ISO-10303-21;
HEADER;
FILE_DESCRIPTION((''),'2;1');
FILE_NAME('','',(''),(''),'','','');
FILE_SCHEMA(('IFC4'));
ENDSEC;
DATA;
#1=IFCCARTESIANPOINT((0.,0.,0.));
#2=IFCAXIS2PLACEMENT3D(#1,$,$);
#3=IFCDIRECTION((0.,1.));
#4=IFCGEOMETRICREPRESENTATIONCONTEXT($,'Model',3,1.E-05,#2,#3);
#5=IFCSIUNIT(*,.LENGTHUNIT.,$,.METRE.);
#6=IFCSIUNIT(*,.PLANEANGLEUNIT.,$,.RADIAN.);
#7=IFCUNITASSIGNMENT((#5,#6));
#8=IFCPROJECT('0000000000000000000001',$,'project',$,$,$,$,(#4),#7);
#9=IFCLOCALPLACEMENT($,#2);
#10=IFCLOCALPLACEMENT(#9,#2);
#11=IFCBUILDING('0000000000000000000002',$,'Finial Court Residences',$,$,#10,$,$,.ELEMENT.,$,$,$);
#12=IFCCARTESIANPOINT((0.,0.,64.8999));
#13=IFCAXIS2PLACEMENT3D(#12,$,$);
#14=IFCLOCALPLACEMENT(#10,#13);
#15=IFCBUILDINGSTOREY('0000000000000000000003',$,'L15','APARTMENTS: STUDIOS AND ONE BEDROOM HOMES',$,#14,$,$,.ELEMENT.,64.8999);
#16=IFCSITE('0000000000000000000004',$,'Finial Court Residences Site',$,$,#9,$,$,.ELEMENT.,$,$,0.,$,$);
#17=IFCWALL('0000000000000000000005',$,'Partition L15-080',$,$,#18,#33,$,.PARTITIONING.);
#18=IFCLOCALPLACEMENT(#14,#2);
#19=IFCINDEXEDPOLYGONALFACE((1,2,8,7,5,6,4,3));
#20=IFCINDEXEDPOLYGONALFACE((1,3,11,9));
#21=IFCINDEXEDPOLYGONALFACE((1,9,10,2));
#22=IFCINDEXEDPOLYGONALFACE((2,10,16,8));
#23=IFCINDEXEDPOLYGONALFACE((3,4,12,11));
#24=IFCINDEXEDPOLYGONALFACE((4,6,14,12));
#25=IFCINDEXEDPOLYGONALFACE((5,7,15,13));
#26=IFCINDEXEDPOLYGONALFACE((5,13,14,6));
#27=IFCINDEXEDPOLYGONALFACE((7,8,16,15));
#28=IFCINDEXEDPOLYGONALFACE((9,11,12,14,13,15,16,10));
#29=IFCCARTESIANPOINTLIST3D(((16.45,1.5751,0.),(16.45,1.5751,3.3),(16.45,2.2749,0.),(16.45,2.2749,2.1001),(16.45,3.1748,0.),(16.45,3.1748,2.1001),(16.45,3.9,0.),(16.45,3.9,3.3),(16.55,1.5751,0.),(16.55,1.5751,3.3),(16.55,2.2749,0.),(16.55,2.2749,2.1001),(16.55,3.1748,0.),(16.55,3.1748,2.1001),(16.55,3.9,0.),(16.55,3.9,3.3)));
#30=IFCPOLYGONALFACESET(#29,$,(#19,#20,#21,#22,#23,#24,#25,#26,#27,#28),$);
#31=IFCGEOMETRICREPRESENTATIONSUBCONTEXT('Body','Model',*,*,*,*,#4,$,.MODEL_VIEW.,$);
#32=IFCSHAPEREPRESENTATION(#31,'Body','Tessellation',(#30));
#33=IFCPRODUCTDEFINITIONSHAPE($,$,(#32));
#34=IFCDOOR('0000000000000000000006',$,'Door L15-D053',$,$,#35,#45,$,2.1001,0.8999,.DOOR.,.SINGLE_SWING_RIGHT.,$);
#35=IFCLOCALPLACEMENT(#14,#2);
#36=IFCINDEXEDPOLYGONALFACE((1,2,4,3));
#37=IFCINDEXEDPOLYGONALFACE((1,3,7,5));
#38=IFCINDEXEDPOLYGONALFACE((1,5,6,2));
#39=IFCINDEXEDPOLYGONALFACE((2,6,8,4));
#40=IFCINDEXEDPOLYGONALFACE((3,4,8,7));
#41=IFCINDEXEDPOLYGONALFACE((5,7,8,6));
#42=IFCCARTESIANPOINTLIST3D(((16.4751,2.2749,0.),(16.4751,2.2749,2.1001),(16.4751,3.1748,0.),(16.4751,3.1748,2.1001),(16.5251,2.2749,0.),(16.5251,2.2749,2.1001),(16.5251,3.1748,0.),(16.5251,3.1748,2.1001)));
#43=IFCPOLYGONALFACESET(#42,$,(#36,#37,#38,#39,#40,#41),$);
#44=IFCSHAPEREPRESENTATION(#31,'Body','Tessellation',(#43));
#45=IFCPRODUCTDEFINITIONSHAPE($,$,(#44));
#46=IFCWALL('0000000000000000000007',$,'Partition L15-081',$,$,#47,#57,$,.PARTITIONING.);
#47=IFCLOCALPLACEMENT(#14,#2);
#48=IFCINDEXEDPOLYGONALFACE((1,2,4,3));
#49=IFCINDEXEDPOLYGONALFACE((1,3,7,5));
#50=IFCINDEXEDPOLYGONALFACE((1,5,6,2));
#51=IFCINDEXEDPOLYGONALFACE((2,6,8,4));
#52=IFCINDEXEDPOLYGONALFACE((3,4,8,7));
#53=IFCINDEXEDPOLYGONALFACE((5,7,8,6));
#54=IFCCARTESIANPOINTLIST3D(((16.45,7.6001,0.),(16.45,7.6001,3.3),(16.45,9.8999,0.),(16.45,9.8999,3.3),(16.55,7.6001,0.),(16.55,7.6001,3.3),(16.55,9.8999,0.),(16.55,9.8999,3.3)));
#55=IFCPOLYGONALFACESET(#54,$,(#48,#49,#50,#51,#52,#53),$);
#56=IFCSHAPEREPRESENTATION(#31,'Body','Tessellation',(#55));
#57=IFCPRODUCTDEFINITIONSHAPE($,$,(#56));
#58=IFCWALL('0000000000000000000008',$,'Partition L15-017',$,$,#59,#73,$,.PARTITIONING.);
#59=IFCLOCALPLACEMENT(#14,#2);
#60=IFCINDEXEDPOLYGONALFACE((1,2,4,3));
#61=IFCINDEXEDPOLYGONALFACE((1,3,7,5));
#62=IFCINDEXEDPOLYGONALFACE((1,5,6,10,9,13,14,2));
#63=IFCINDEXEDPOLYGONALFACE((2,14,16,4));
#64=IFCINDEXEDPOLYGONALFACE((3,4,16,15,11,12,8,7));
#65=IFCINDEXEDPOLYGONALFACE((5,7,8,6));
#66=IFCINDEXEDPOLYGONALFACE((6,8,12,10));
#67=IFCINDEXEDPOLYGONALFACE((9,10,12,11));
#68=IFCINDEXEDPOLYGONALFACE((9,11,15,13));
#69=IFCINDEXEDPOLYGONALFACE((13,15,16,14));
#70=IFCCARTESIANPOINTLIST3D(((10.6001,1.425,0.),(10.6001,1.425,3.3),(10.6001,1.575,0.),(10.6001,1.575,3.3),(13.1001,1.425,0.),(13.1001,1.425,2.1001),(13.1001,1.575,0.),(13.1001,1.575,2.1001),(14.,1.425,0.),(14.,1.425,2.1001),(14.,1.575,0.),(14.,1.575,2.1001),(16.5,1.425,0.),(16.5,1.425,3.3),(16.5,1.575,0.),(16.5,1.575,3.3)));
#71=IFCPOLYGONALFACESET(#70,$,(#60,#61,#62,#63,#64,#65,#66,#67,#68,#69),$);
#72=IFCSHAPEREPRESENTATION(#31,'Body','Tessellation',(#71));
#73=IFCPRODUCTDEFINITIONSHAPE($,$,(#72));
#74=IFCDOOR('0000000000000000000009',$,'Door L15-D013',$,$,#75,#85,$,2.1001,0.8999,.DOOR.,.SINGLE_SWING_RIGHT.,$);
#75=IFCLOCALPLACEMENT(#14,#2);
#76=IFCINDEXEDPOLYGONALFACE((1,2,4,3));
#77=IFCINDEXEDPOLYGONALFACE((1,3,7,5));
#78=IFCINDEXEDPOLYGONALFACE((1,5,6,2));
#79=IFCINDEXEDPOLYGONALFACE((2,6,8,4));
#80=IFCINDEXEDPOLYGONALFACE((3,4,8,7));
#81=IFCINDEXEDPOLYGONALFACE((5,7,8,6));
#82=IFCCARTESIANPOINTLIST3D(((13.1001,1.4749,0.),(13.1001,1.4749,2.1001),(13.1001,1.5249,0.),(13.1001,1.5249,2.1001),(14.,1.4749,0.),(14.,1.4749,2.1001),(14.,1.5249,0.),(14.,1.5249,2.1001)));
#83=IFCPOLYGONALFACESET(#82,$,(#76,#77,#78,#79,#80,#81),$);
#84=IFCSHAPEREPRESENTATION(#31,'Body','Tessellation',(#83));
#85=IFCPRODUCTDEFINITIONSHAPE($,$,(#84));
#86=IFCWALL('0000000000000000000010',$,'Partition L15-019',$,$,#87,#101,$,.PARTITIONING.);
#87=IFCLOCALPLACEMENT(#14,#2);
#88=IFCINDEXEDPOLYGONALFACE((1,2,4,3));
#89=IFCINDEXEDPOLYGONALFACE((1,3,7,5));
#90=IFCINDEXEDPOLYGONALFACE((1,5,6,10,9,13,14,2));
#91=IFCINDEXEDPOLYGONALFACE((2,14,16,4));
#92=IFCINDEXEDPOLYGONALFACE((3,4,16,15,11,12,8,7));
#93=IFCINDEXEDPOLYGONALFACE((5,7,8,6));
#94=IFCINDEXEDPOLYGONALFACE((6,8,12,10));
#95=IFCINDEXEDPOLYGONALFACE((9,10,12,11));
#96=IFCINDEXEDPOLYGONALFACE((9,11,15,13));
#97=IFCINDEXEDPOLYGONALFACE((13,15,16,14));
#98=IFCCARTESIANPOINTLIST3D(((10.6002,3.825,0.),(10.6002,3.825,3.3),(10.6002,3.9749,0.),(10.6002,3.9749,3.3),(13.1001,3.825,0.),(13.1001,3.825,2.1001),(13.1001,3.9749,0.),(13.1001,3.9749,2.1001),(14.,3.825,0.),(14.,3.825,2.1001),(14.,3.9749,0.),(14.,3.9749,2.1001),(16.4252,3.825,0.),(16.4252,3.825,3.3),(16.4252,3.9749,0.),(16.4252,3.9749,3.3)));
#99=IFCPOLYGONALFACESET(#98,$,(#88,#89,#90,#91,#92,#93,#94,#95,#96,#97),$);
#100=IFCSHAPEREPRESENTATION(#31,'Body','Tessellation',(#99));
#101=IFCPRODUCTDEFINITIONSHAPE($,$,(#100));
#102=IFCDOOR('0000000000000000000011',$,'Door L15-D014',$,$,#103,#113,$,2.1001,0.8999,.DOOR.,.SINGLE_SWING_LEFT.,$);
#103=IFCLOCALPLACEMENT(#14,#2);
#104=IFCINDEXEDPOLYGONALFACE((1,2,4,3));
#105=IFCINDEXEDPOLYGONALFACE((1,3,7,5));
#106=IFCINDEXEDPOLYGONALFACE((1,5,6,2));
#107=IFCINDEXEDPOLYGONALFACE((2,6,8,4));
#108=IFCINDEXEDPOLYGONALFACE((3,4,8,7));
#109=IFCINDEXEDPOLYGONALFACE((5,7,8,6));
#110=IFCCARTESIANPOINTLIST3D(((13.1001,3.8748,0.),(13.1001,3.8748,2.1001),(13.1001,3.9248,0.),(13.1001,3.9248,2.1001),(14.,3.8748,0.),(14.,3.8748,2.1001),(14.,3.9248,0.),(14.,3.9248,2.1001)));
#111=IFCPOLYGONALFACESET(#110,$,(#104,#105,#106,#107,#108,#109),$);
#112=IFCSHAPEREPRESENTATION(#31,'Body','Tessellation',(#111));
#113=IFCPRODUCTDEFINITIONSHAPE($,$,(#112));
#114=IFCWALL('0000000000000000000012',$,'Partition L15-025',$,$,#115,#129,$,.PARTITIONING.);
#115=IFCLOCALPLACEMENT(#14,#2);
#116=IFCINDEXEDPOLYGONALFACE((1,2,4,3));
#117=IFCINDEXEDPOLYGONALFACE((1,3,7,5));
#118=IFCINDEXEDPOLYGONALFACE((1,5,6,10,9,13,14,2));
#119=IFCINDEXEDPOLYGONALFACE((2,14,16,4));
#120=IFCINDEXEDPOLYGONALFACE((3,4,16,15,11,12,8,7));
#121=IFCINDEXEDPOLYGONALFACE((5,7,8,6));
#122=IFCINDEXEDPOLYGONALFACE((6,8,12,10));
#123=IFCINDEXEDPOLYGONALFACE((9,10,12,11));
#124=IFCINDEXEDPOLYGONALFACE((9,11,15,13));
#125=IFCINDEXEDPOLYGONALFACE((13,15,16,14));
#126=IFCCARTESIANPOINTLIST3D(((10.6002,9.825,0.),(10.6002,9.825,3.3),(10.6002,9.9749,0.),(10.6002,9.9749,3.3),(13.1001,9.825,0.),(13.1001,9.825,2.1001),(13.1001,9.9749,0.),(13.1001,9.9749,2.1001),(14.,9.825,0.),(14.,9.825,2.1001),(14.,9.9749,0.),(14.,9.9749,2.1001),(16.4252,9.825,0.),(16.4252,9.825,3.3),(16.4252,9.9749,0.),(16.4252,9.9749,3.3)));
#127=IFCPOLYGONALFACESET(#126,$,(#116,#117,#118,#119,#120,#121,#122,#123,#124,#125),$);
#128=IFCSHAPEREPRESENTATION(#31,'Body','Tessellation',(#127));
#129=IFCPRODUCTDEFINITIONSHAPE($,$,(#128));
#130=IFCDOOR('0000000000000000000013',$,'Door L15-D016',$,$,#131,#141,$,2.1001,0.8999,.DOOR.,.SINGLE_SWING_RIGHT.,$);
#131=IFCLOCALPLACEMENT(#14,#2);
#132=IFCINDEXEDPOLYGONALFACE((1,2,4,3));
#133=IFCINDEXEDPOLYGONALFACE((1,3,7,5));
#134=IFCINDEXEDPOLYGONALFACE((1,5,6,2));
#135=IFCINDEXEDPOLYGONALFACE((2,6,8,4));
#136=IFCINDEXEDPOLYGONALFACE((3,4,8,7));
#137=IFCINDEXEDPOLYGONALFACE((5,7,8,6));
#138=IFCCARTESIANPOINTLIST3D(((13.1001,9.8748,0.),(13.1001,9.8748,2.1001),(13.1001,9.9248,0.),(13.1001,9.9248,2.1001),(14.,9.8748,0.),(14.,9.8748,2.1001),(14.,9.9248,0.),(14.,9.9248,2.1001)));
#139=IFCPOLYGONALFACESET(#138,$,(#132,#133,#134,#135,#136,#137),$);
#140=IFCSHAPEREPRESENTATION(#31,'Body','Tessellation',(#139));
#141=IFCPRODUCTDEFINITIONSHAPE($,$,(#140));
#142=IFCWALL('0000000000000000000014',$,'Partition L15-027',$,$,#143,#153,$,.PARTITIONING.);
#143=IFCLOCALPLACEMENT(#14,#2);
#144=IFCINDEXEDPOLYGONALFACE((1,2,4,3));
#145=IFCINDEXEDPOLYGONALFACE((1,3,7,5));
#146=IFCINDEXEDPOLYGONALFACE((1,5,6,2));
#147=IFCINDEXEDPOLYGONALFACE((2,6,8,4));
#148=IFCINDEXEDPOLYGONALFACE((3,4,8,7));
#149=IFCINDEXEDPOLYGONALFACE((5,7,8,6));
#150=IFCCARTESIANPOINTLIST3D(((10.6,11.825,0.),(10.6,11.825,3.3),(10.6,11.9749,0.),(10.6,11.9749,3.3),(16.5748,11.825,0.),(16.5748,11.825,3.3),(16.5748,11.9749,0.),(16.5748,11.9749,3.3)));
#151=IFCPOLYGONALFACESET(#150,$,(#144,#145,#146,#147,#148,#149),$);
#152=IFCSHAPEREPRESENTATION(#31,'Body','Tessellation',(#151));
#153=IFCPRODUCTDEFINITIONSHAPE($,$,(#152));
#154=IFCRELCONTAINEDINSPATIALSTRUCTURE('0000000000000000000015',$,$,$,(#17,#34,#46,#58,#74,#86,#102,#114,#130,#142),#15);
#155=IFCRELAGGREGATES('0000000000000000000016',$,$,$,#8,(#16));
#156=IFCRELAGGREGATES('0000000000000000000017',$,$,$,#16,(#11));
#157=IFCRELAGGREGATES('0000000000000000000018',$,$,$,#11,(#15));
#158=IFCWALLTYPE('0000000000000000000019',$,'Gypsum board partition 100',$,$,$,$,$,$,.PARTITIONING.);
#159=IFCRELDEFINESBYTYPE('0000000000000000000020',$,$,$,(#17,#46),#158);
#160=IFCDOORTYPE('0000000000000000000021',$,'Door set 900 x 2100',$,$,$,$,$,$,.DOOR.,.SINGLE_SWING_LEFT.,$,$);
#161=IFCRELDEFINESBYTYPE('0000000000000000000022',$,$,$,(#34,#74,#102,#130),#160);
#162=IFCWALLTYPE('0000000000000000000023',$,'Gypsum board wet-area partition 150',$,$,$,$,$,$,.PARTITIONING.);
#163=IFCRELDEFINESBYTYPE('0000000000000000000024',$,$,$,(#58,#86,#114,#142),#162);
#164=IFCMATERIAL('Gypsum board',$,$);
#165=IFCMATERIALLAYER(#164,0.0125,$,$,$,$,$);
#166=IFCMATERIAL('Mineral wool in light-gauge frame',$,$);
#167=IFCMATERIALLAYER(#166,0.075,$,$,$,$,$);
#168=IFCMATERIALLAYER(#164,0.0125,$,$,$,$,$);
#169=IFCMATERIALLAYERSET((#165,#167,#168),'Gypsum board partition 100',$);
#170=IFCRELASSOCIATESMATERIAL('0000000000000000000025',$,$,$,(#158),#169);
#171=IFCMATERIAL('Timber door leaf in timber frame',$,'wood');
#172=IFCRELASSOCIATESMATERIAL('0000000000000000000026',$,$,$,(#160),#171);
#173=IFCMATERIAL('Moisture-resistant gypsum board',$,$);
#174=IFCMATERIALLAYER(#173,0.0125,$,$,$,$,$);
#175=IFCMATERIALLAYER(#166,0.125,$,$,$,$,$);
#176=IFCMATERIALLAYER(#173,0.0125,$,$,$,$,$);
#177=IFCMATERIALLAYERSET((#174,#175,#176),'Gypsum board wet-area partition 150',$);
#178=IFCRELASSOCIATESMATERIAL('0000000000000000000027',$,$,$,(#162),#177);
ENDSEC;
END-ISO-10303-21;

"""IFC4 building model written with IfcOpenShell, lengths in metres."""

from ifc_helpers import new_model, si_unit, direction, frame, frame_2d, origin, place, context, subcontext, project, spatial, rectangle, extrude, material, layer, layer_set, type_object, element, fill, save


model = new_model("IFC4")

# Units and contexts
model_context = context("Model", 3, precision=1e-05, world=origin(), true_north=direction((0.0, 1.0)))
body_context = subcontext(model_context, "Body", "Model", "MODEL_VIEW")
ifc_project = project(units=[si_unit("LENGTHUNIT", "METRE"), si_unit("PLANEANGLEUNIT", "RADIAN")], contexts=[model_context])

# Site, building, storey
site_placement = place(None, origin())
site = spatial("IfcSite", under=ifc_project, at=site_placement, Name="Finial Court Residences Site", CompositionType="ELEMENT", RefElevation=0.0)
building_placement = place(site_placement, origin())
building = spatial("IfcBuilding", under=site, at=building_placement, Name="Finial Court Residences", CompositionType="ELEMENT")
storey_placement = place(building_placement, frame((0.0, 0.0, 64.8999)))
storey = spatial("IfcBuildingStorey", under=building, at=storey_placement, Name="L15", Description="APARTMENTS: STUDIOS AND ONE BEDROOM HOMES", CompositionType="ELEMENT", Elevation=64.8999)

# Shared definitions
ifc_material_1 = material(Name="Gypsum board")

# Shared definitions
ifc_layer_1 = layer(ifc_material_1, 0.0125)
ifc_material_2 = material(Name="Mineral wool in light-gauge frame")
ifc_layer_2 = layer(ifc_material_2, 0.075)
ifc_layer_3 = layer(ifc_material_1, 0.0125)
ifc_layer_set_1 = layer_set([ifc_layer_1, ifc_layer_2, ifc_layer_3], Name="Gypsum board partition 100")
wall_type_1 = type_object("IfcWallType", Name="Gypsum board partition 100", PredefinedType="PARTITIONING", material=ifc_layer_set_1)
ifc_material_3 = material(Name="Timber door leaf in timber frame", Category="wood")
door_type = type_object("IfcDoorType", Name="Door set 900 x 2100", OperationType="SINGLE_SWING_LEFT", PredefinedType="DOOR", material=ifc_material_3)

# Wall, opening, door
wall_1_placement = place(storey_placement, frame((16.5, 1.575, 0.0), z_axis=(0.0, 0.0, 1.0), x_axis=(0.0, 1.0, 0.0)))
wall_1 = element("IfcWall", 1, at=wall_1_placement, inside=storey, type_object=wall_type_1, Name="Partition L15-080", PredefinedType="PARTITIONING", context=body_context, shape_type="SweptSolid", body=[
    extrude(rectangle(XDim=2.325, YDim=0.1001, at=frame_2d((1.1626, 0.0))), origin(), (0.0, 0.0, 1.0), 3.3),
])
opening_1_placement = place(wall_1_placement, frame((0.7, 0.0, 0.0)))
opening_1 = element("IfcOpeningElement", 2, at=opening_1_placement, cuts=wall_1, PredefinedType="OPENING", context=body_context, shape_type="SweptSolid", body=[
    extrude(rectangle(XDim=0.8999, YDim=2.1001, at=frame_2d((0.45, 1.05))), frame((0.0, 0.0601, 0.0), z_axis=(0.0, -1.0, 0.0), x_axis=(1.0, 0.0, 0.0)), (0.0, 0.0, 1.0), 0.1201),
])
door_1_placement = place(opening_1_placement, origin())
door_1 = element("IfcDoor", 3, at=door_1_placement, inside=storey, type_object=door_type, Name="Door L15-D053", OperationType="SINGLE_SWING_RIGHT", OverallHeight=2.1001, OverallWidth=0.8999, PredefinedType="DOOR", context=body_context, shape_type="SweptSolid", body=[
    extrude(rectangle(XDim=0.8999, YDim=2.1001, at=frame_2d((0.45, 1.05))), frame((0.0, 0.0249, 0.0), z_axis=(0.0, -1.0, 0.0), x_axis=(1.0, 0.0, 0.0)), (0.0, 0.0, 1.0), 0.05),
])
fill(opening_1, door_1)

# Wall
wall_2_placement = place(storey_placement, frame((16.5, 7.6001, 0.0), z_axis=(0.0, 0.0, 1.0), x_axis=(0.0, 1.0, 0.0)))
element("IfcWall", 4, at=wall_2_placement, inside=storey, type_object=wall_type_1, Name="Partition L15-081", PredefinedType="PARTITIONING", context=body_context, shape_type="SweptSolid", body=[
    extrude(rectangle(XDim=2.2998, YDim=0.1001, at=frame_2d((1.1499, 0.0))), origin(), (0.0, 0.0, 1.0), 3.3),
])

# Walls, openings, doors
ifc_material_4 = material(Name="Moisture-resistant gypsum board")
ifc_layer_4 = layer(ifc_material_4, 0.0125)
ifc_layer_5 = layer(ifc_material_2, 0.125)
ifc_layer_6 = layer(ifc_material_4, 0.0125)
ifc_layer_set_2 = layer_set([ifc_layer_4, ifc_layer_5, ifc_layer_6], Name="Gypsum board wet-area partition 150")
wall_type_2 = type_object("IfcWallType", Name="Gypsum board wet-area partition 150", PredefinedType="PARTITIONING", material=ifc_layer_set_2)
wall_3_placement = place(storey_placement, frame((10.6001, 1.5, 0.0), z_axis=(0.0, 0.0, 1.0), x_axis=(1.0, 0.0, 0.0)))
wall_3 = element("IfcWall", 5, at=wall_3_placement, inside=storey, type_object=wall_type_2, Name="Partition L15-017", PredefinedType="PARTITIONING", context=body_context, shape_type="SweptSolid", body=[
    extrude(rectangle(XDim=5.8999, YDim=0.1499, at=frame_2d((2.95, 0.0))), origin(), (0.0, 0.0, 1.0), 3.3),
])
opening_2_placement = place(wall_3_placement, frame((2.5, 0.0, 0.0)))
opening_2 = element("IfcOpeningElement", 6, at=opening_2_placement, cuts=wall_3, PredefinedType="OPENING", context=body_context, shape_type="SweptSolid", body=[
    extrude(rectangle(XDim=0.8999, YDim=2.1001, at=frame_2d((0.45, 1.05))), frame((0.0, 0.085, 0.0), z_axis=(0.0, -1.0, 0.0), x_axis=(1.0, 0.0, 0.0)), (0.0, 0.0, 1.0), 0.1699),
])
door_2_placement = place(opening_2_placement, origin())
door_2 = element("IfcDoor", 7, at=door_2_placement, inside=storey, type_object=door_type, Name="Door L15-D013", OperationType="SINGLE_SWING_RIGHT", OverallHeight=2.1001, OverallWidth=0.8999, PredefinedType="DOOR", context=body_context, shape_type="SweptSolid", body=[
    extrude(rectangle(XDim=0.8999, YDim=2.1001, at=frame_2d((0.45, 1.05))), frame((0.0, 0.0249, 0.0), z_axis=(0.0, -1.0, 0.0), x_axis=(1.0, 0.0, 0.0)), (0.0, 0.0, 1.0), 0.05),
])
fill(opening_2, door_2)
wall_4_placement = place(storey_placement, frame((10.6001, 3.8999, 0.0), z_axis=(0.0, 0.0, 1.0), x_axis=(1.0, 0.0, 0.0)))
wall_4 = element("IfcWall", 8, at=wall_4_placement, inside=storey, type_object=wall_type_2, Name="Partition L15-019", PredefinedType="PARTITIONING", context=body_context, shape_type="SweptSolid", body=[
    extrude(rectangle(XDim=5.825, YDim=0.1499, at=frame_2d((2.9126, 0.0))), origin(), (0.0, 0.0, 1.0), 3.3),
])
opening_3_placement = place(wall_4_placement, frame((2.5, 0.0, 0.0)))
opening_3 = element("IfcOpeningElement", 9, at=opening_3_placement, cuts=wall_4, PredefinedType="OPENING", context=body_context, shape_type="SweptSolid", body=[
    extrude(rectangle(XDim=0.8999, YDim=2.1001, at=frame_2d((0.45, 1.05))), frame((0.0, 0.085, 0.0), z_axis=(0.0, -1.0, 0.0), x_axis=(1.0, 0.0, 0.0)), (0.0, 0.0, 1.0), 0.1699),
])
door_3_placement = place(opening_3_placement, origin())
door_3 = element("IfcDoor", 10, at=door_3_placement, inside=storey, type_object=door_type, Name="Door L15-D014", OperationType="SINGLE_SWING_LEFT", OverallHeight=2.1001, OverallWidth=0.8999, PredefinedType="DOOR", context=body_context, shape_type="SweptSolid", body=[
    extrude(rectangle(XDim=0.8999, YDim=2.1001, at=frame_2d((0.45, 1.05))), frame((0.0, 0.0249, 0.0), z_axis=(0.0, -1.0, 0.0), x_axis=(1.0, 0.0, 0.0)), (0.0, 0.0, 1.0), 0.05),
])
fill(opening_3, door_3)
wall_5_placement = place(storey_placement, frame((10.6001, 9.8999, 0.0), z_axis=(0.0, 0.0, 1.0), x_axis=(1.0, 0.0, 0.0)))
wall_5 = element("IfcWall", 11, at=wall_5_placement, inside=storey, type_object=wall_type_2, Name="Partition L15-025", PredefinedType="PARTITIONING", context=body_context, shape_type="SweptSolid", body=[
    extrude(rectangle(XDim=5.825, YDim=0.1499, at=frame_2d((2.9126, 0.0))), origin(), (0.0, 0.0, 1.0), 3.3),
])
opening_4_placement = place(wall_5_placement, frame((2.5, 0.0, 0.0)))
opening_4 = element("IfcOpeningElement", 12, at=opening_4_placement, cuts=wall_5, PredefinedType="OPENING", context=body_context, shape_type="SweptSolid", body=[
    extrude(rectangle(XDim=0.8999, YDim=2.1001, at=frame_2d((0.45, 1.05))), frame((0.0, 0.085, 0.0), z_axis=(0.0, -1.0, 0.0), x_axis=(1.0, 0.0, 0.0)), (0.0, 0.0, 1.0), 0.1699),
])
door_4_placement = place(opening_4_placement, origin())
door_4 = element("IfcDoor", 13, at=door_4_placement, inside=storey, type_object=door_type, Name="Door L15-D016", OperationType="SINGLE_SWING_RIGHT", OverallHeight=2.1001, OverallWidth=0.8999, PredefinedType="DOOR", context=body_context, shape_type="SweptSolid", body=[
    extrude(rectangle(XDim=0.8999, YDim=2.1001, at=frame_2d((0.45, 1.05))), frame((0.0, 0.0249, 0.0), z_axis=(0.0, -1.0, 0.0), x_axis=(1.0, 0.0, 0.0)), (0.0, 0.0, 1.0), 0.05),
])
fill(opening_4, door_4)

# Wall
wall_6_placement = place(storey_placement, frame((10.6001, 11.8999, 0.0), z_axis=(0.0, 0.0, 1.0), x_axis=(1.0, 0.0, 0.0)))
element("IfcWall", 14, at=wall_6_placement, inside=storey, type_object=wall_type_2, Name="Partition L15-027", PredefinedType="PARTITIONING", context=body_context, shape_type="SweptSolid", body=[
    extrude(rectangle(XDim=5.9749, YDim=0.1499, at=frame_2d((2.9873, 0.0))), origin(), (0.0, 0.0, 1.0), 3.3),
])

save(model, "model.ifc")
